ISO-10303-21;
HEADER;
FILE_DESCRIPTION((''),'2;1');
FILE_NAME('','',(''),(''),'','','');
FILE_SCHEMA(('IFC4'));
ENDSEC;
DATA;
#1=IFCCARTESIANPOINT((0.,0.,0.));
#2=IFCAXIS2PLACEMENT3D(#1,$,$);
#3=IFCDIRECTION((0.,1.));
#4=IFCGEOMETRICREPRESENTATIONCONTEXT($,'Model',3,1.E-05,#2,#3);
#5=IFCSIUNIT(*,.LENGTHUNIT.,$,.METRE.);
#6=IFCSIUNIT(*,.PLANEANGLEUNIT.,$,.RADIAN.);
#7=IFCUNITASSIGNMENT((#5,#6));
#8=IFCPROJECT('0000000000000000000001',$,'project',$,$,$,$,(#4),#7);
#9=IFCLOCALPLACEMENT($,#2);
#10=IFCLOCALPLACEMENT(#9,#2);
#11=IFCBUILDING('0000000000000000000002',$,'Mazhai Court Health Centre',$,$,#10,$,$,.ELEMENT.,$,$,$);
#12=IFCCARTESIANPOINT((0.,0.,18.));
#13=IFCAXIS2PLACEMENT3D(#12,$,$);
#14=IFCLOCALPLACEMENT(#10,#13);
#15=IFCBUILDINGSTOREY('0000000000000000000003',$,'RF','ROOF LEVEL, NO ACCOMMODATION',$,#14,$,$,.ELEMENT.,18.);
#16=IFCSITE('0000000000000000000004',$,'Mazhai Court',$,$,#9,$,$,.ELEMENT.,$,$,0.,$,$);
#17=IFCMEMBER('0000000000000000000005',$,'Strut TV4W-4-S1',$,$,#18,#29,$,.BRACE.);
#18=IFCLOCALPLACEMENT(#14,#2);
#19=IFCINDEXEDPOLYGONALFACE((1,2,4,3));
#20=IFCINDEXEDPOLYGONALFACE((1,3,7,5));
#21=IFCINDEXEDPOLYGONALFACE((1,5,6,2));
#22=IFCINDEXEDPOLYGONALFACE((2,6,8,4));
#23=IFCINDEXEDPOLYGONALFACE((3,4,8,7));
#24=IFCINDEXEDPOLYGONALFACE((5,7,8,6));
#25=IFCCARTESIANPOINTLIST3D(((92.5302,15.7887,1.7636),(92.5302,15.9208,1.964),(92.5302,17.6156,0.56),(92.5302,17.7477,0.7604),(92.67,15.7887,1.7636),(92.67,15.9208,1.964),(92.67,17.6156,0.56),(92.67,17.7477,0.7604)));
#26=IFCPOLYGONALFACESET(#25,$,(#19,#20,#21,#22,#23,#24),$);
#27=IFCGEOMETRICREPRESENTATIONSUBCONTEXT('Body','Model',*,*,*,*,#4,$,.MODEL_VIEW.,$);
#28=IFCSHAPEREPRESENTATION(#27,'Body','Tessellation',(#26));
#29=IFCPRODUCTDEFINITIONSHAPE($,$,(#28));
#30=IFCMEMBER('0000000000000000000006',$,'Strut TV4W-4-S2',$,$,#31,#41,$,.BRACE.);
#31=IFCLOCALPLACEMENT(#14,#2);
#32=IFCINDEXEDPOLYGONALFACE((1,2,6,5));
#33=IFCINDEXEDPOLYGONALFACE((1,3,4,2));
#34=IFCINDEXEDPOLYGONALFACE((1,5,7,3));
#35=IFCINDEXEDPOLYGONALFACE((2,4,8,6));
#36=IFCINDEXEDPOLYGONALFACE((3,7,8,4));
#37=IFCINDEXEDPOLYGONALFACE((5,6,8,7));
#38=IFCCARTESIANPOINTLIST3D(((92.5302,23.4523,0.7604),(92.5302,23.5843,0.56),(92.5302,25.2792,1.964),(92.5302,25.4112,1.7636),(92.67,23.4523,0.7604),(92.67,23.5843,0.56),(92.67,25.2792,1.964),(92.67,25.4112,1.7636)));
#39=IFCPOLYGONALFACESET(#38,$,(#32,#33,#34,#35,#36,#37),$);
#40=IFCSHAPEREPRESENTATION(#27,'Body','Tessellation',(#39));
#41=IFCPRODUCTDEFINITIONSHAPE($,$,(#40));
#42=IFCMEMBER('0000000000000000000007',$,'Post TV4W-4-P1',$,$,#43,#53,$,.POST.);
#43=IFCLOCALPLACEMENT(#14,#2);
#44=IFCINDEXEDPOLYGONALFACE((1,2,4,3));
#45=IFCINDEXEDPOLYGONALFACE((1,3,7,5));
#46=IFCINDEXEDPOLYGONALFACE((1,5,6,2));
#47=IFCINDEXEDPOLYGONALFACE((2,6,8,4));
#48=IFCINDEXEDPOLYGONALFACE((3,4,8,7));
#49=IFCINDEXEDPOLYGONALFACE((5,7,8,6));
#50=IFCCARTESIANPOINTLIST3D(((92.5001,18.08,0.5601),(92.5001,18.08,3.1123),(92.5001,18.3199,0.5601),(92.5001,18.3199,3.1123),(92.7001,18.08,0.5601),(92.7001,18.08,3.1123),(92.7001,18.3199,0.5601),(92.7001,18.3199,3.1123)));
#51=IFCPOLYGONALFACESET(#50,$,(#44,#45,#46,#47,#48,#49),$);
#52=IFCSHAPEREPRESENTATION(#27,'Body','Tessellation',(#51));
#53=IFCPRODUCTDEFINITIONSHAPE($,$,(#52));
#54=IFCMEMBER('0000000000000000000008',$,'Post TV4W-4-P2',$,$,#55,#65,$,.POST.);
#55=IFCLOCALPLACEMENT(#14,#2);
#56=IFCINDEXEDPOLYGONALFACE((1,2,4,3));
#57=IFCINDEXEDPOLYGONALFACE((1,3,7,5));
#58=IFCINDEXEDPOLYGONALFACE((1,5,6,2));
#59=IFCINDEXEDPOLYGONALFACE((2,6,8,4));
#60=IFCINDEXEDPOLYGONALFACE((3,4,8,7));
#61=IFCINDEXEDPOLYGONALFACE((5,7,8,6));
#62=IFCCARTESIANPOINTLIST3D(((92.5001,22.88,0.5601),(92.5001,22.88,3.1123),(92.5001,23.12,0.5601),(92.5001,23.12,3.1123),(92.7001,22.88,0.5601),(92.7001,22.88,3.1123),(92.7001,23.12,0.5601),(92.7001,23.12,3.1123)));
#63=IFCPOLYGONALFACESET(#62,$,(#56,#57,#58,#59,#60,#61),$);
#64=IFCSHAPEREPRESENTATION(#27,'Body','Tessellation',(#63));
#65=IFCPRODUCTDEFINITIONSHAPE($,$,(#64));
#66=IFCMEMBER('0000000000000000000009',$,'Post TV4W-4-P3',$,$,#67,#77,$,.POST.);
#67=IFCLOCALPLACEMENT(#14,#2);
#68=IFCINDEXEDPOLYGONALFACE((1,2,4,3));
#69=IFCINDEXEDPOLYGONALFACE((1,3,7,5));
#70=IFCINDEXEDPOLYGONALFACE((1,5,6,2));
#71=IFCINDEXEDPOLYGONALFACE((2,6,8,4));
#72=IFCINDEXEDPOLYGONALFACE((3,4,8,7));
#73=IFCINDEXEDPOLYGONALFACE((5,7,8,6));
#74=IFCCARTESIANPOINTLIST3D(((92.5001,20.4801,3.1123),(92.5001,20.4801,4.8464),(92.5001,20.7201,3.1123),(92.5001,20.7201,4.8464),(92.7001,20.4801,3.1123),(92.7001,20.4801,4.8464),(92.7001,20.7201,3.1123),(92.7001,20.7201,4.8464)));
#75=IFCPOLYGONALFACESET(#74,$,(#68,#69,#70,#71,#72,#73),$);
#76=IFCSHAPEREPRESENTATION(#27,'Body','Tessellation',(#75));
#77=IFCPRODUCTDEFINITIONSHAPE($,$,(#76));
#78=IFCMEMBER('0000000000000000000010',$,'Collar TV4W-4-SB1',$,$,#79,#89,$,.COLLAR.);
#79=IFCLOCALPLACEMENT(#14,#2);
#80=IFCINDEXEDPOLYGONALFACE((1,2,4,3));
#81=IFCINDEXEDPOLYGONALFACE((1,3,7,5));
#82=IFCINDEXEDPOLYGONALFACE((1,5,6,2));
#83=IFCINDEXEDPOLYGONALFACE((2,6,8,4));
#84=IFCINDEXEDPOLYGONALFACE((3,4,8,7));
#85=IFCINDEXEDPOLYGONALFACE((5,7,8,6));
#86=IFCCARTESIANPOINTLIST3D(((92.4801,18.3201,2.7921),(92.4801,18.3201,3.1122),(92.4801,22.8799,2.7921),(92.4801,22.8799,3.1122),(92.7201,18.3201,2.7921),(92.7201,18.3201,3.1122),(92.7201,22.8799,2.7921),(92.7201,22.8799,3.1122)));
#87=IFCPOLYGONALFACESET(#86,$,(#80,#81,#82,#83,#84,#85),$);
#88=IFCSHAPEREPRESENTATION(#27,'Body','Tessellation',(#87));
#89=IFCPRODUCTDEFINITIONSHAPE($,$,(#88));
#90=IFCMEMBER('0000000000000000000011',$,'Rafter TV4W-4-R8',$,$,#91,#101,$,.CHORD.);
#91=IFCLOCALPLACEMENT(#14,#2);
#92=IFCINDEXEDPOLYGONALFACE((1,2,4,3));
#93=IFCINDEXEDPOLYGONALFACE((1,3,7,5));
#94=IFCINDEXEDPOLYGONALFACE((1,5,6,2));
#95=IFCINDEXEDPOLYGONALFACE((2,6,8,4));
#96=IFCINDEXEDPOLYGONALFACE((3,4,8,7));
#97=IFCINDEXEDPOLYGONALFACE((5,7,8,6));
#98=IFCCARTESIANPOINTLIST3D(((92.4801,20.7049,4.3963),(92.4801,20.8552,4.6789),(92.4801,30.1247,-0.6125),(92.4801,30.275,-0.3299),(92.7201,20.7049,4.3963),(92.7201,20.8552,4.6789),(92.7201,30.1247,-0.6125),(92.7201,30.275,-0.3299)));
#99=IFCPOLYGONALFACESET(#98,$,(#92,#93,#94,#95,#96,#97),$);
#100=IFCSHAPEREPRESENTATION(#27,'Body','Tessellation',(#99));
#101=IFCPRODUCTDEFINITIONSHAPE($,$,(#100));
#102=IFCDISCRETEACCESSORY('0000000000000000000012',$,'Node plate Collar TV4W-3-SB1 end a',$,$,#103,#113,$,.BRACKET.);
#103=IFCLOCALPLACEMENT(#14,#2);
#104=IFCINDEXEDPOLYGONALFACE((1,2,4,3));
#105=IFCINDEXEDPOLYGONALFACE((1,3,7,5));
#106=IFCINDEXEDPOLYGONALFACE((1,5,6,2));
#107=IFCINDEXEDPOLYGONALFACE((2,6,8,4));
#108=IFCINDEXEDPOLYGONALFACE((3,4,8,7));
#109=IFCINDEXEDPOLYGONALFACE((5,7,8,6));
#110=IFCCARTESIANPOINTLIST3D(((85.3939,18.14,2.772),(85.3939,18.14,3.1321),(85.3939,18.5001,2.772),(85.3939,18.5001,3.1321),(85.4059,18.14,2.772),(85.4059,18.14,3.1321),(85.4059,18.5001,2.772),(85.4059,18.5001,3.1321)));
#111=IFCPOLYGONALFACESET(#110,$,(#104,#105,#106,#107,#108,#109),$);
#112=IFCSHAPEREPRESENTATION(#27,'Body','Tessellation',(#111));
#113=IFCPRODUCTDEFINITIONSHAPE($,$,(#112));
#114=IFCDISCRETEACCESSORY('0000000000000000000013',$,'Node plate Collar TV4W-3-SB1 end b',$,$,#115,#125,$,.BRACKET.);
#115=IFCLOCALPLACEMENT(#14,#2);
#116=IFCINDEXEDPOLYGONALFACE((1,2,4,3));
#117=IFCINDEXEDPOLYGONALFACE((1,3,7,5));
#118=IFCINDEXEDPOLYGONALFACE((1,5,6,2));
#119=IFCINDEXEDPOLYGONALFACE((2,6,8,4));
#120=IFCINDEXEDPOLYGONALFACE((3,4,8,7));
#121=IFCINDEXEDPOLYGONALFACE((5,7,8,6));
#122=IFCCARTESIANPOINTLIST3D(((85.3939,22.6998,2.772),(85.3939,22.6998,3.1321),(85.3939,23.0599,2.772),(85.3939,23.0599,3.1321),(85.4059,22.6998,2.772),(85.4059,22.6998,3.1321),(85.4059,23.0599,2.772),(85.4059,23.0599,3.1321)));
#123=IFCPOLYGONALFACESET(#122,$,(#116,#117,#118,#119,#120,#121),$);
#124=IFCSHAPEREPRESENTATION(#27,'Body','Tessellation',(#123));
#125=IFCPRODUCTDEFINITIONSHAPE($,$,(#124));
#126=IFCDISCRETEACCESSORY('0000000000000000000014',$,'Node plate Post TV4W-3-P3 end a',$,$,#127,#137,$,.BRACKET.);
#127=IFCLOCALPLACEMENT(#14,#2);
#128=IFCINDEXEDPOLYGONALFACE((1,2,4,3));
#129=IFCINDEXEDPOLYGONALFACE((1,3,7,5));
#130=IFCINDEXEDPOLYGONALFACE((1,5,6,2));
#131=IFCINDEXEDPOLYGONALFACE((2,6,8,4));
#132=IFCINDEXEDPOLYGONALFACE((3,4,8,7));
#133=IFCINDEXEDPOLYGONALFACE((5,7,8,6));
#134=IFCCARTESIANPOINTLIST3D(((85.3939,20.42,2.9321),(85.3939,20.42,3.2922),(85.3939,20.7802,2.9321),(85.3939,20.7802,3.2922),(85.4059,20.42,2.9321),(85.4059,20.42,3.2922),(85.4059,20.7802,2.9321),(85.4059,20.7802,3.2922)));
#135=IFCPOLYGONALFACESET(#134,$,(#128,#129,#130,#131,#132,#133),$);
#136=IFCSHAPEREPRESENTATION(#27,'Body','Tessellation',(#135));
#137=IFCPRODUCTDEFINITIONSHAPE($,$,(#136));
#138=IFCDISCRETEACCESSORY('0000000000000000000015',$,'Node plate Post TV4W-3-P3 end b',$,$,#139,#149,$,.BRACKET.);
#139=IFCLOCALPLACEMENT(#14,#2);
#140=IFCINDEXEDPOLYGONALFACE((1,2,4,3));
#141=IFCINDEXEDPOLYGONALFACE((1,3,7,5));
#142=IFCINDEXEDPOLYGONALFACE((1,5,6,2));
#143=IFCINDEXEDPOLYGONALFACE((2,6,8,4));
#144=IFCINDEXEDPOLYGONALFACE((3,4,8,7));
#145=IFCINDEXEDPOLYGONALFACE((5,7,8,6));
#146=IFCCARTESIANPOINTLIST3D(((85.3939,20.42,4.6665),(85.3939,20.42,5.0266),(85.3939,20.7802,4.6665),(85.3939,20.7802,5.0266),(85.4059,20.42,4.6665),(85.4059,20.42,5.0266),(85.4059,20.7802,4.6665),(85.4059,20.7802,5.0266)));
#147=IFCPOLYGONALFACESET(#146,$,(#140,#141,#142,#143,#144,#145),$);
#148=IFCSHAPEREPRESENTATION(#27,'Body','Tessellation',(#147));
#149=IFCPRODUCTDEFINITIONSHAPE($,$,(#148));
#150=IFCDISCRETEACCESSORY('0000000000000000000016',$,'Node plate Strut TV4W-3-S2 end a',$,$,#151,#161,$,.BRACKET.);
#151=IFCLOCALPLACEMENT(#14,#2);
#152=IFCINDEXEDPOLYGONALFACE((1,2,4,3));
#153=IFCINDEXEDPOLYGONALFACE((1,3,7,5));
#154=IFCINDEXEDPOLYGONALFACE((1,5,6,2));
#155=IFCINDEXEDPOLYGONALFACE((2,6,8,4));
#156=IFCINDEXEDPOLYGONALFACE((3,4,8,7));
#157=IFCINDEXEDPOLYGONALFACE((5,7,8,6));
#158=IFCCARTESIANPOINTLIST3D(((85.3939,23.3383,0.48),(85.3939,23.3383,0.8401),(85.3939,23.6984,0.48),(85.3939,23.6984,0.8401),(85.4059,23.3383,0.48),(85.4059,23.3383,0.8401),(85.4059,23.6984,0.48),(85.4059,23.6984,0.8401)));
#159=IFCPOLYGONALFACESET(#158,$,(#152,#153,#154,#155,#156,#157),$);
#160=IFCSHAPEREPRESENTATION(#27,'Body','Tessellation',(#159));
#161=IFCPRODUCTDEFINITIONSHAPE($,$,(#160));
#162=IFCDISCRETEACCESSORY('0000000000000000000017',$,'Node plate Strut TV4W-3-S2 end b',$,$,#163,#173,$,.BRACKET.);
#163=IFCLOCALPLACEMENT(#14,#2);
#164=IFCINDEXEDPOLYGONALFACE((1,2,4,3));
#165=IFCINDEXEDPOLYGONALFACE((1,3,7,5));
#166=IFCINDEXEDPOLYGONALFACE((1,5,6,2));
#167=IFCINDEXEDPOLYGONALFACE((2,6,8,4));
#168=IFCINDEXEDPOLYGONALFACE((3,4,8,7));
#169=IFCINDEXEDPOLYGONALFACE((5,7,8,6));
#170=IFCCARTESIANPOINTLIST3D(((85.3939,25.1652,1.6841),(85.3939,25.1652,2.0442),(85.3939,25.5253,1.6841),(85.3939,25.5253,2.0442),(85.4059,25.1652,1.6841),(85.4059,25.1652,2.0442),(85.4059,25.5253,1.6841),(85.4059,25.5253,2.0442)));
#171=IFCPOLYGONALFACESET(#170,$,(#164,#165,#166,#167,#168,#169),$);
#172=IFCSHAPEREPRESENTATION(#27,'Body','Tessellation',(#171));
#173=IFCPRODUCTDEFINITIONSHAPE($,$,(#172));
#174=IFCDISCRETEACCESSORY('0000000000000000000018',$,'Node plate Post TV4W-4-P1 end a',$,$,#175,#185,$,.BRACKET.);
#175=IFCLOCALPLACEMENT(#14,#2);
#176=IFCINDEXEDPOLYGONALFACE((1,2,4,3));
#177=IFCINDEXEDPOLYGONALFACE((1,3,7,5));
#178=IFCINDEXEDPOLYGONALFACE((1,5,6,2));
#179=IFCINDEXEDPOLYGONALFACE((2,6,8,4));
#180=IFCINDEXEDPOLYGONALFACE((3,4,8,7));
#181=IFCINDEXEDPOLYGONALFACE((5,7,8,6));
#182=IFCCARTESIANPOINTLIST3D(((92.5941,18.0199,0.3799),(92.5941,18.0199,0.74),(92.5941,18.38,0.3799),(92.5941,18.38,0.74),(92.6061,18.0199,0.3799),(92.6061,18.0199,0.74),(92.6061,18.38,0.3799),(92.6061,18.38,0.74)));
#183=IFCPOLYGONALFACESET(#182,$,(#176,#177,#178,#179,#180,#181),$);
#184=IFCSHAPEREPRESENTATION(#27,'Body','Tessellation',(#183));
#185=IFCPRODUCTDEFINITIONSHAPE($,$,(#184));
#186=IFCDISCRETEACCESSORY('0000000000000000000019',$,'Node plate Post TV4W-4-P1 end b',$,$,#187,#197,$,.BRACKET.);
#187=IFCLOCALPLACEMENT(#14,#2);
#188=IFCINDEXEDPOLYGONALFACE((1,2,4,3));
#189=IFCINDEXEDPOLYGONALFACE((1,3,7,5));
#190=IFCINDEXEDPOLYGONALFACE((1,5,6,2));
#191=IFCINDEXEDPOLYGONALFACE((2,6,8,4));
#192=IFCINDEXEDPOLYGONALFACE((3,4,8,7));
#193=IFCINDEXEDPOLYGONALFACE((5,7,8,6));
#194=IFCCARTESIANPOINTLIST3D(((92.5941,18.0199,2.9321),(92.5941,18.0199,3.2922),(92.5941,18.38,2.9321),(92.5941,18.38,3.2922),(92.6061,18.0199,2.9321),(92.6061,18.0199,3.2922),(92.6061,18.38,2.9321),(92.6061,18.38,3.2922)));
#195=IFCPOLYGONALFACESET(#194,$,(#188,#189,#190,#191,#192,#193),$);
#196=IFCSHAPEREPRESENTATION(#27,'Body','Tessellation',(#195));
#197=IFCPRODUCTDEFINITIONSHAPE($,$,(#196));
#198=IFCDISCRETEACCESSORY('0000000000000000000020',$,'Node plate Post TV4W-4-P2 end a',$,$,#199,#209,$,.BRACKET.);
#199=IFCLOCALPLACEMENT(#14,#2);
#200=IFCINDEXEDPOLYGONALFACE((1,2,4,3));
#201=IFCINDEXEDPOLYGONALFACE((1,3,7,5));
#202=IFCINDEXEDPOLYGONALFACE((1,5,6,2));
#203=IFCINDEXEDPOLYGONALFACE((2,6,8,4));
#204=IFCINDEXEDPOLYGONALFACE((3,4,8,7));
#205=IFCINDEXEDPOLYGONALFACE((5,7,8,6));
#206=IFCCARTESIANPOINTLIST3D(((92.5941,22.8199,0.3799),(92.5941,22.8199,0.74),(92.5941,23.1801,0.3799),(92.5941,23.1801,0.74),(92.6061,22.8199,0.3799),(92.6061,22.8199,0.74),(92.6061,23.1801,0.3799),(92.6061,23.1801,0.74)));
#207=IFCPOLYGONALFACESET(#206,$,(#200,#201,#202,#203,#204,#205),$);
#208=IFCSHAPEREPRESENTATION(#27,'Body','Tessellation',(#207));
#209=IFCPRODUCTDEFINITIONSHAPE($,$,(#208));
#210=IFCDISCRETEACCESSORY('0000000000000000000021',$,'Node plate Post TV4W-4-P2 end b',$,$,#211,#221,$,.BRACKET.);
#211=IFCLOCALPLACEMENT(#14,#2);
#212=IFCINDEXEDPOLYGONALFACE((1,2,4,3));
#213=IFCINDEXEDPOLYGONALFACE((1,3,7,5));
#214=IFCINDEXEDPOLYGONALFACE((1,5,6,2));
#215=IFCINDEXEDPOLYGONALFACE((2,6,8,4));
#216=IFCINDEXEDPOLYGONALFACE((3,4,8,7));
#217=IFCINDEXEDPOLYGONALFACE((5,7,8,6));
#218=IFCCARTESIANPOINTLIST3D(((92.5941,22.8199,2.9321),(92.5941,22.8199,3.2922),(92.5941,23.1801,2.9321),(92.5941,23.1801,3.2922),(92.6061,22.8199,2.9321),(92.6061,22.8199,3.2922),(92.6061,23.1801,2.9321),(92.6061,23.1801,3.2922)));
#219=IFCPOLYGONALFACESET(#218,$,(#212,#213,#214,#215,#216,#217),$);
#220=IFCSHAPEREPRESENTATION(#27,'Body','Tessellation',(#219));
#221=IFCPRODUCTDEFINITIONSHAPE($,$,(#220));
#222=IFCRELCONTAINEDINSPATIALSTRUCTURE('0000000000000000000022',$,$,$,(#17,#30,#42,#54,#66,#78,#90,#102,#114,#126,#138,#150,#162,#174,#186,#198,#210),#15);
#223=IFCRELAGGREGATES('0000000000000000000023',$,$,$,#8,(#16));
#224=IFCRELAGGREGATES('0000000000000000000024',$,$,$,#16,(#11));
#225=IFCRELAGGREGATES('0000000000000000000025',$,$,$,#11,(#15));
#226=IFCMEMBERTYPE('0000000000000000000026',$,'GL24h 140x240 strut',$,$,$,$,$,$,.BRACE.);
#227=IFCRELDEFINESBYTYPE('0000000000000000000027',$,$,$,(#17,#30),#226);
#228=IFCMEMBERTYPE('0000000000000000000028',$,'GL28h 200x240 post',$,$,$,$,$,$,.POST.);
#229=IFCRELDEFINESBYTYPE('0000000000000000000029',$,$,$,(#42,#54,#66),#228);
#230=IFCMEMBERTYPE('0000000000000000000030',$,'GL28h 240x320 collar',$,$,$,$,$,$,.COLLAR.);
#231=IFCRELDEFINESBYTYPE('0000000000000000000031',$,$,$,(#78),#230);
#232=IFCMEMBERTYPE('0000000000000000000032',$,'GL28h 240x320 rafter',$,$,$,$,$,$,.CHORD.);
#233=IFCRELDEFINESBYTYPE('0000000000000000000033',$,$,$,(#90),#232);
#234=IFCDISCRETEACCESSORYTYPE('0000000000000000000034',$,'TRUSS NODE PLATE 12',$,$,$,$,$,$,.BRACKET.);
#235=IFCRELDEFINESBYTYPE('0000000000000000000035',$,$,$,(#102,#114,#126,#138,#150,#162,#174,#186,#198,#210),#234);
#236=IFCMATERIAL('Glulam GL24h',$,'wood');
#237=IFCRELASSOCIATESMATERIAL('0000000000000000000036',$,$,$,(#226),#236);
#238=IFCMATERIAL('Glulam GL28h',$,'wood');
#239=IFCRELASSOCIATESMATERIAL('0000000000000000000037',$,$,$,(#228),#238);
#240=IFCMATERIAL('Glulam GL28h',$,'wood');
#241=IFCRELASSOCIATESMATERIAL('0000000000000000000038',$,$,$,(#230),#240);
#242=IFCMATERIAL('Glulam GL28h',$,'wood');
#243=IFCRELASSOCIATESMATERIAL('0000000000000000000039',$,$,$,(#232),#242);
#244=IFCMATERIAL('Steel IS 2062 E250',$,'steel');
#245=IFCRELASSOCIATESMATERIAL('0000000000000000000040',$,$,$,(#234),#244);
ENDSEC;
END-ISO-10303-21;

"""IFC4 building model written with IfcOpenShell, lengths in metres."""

from ifc_helpers import new_model, si_unit, direction, frame, origin, origin_2d, place, context, subcontext, project, spatial, rectangle, extrude, material, material_profile, profile_set, type_object, element, save


model = new_model("IFC4")

# Units and contexts
model_context = context("Model", 3, precision=1e-05, world=origin(), true_north=direction((0.0, 1.0)))
body_context = subcontext(model_context, "Body", "Model", "MODEL_VIEW")
ifc_project = project(units=[si_unit("LENGTHUNIT", "METRE"), si_unit("PLANEANGLEUNIT", "RADIAN")], contexts=[model_context])

# Site, building, storey
site_placement = place(None, origin())
site = spatial("IfcSite", under=ifc_project, at=site_placement, Name="Mazhai Court", CompositionType="ELEMENT", RefElevation=0.0)
building_placement = place(site_placement, origin())
building = spatial("IfcBuilding", under=site, at=building_placement, Name="Mazhai Court Health Centre", CompositionType="ELEMENT")
storey_placement = place(building_placement, frame((0.0, 0.0, 18.0)))
storey = spatial("IfcBuildingStorey", under=building, at=storey_placement, Name="RF", Description="ROOF LEVEL, NO ACCOMMODATION", CompositionType="ELEMENT", Elevation=18.0)

# Members
ifc_material_1 = material(Name="Glulam GL24h", Category="wood")
ifc_material_profile_1 = material_profile(ifc_material_1, rectangle(XDim=0.1399, YDim=0.24, at=origin_2d()), Name="GL24h 140x240")
ifc_profile_set_1 = profile_set([ifc_material_profile_1], Name="Glulam GL24h")
member_type_1 = type_object("IfcMemberType", Name="GL24h 140x240 strut", PredefinedType="BRACE", material=ifc_profile_set_1)
for number, where, z_axis, x_axis, name in (
    (1, (92.6001, 17.6816, 0.6602), (0.0, -0.83506, 0.55016), (1.0, 0.0, 0.0), "Strut TV4W-4-S1"),
    (2, (92.6001, 23.5183, 0.6602), (0.0, 0.83506, 0.55016), (-1.0, 0.0, 0.0), "Strut TV4W-4-S2"),
):
    element("IfcMember", number, at=place(storey_placement, frame(where, z_axis=z_axis, x_axis=x_axis)), inside=storey, type_object=member_type_1, Name=name, PredefinedType="BRACE", context=body_context, shape_type="SweptSolid", body=[
        extrude(rectangle(XDim=0.1399, YDim=0.24, at=origin_2d()), origin(), (0.0, 0.0, 1.0), 2.1877),
    ])
ifc_material_2 = material(Name="Glulam GL28h", Category="wood")
ifc_material_profile_2 = material_profile(ifc_material_2, rectangle(XDim=0.2, YDim=0.24, at=origin_2d()), Name="GL28h 200x240")
ifc_profile_set_2 = profile_set([ifc_material_profile_2], Name="Glulam GL28h")
member_type_2 = type_object("IfcMemberType", Name="GL28h 200x240 post", PredefinedType="POST", material=ifc_profile_set_2)
for number, where, z_axis, x_axis, name in (
    (3, (92.6001, 18.2, 0.5601), (0.0, 0.0, 1.0), (1.0, 0.0, 0.0), "Post TV4W-4-P1"),
    (4, (92.6001, 23.0, 0.5601), (0.0, 0.0, 1.0), (1.0, 0.0, 0.0), "Post TV4W-4-P2"),
):
    element("IfcMember", number, at=place(storey_placement, frame(where, z_axis=z_axis, x_axis=x_axis)), inside=storey, type_object=member_type_2, Name=name, PredefinedType="POST", context=body_context, shape_type="SweptSolid", body=[
        extrude(rectangle(XDim=0.2, YDim=0.24, at=origin_2d()), origin(), (0.0, 0.0, 1.0), 2.5522),
    ])
member_1_placement = place(storey_placement, frame((92.6001, 20.6001, 3.1123), z_axis=(0.0, 0.0, 1.0), x_axis=(1.0, 0.0, 0.0)))
element("IfcMember", 5, at=member_1_placement, inside=storey, type_object=member_type_2, Name="Post TV4W-4-P3", PredefinedType="POST", context=body_context, shape_type="SweptSolid", body=[
    extrude(rectangle(XDim=0.2, YDim=0.24, at=origin_2d()), origin(), (0.0, 0.0, 1.0), 1.7341),
])
ifc_material_3 = material(Name="Glulam GL28h", Category="wood")
ifc_material_profile_3 = material_profile(ifc_material_3, rectangle(XDim=0.24, YDim=0.3201, at=origin_2d()), Name="GL28h 240x320")
ifc_profile_set_3 = profile_set([ifc_material_profile_3], Name="Glulam GL28h")
member_type_3 = type_object("IfcMemberType", Name="GL28h 240x320 collar", PredefinedType="COLLAR", material=ifc_profile_set_3)
member_2_placement = place(storey_placement, frame((92.6001, 18.3201, 2.9521), z_axis=(0.0, 1.0, 0.0), x_axis=(-1.0, 0.0, 0.0)))
element("IfcMember", 6, at=member_2_placement, inside=storey, type_object=member_type_3, Name="Collar TV4W-4-SB1", PredefinedType="COLLAR", context=body_context, shape_type="SweptSolid", body=[
    extrude(rectangle(XDim=0.24, YDim=0.3201, at=origin_2d()), origin(), (0.0, 0.0, 1.0), 4.5598),
])
ifc_material_4 = material(Name="Glulam GL28h", Category="wood")
ifc_material_profile_4 = material_profile(ifc_material_4, rectangle(XDim=0.24, YDim=0.3201, at=origin_2d()), Name="GL28h 240x320")
ifc_profile_set_4 = profile_set([ifc_material_profile_4], Name="Glulam GL28h")
member_type_4 = type_object("IfcMemberType", Name="GL28h 240x320 rafter", PredefinedType="CHORD", material=ifc_profile_set_4)
member_3_placement = place(storey_placement, frame((92.6001, 20.78, 4.5376), z_axis=(0.0, 0.882943, -0.469481), x_axis=(-1.0, 0.0, 0.0)))
element("IfcMember", 7, at=member_3_placement, inside=storey, type_object=member_type_4, Name="Rafter TV4W-4-R8", PredefinedType="CHORD", context=body_context, shape_type="SweptSolid", body=[
    extrude(rectangle(XDim=0.24, YDim=0.3201, at=origin_2d()), origin(), (0.0, 0.0, 1.0), 10.6687),
])

# Discrete accessories
ifc_material_5 = material(Name="Steel IS 2062 E250", Category="steel")
discrete_accessory_type = type_object("IfcDiscreteAccessoryType", Name="TRUSS NODE PLATE 12", PredefinedType="BRACKET", material=ifc_material_5)
for number, where, z_axis, x_axis, name in (
    (8, (85.3999, 18.3201, 2.772), (0.0, 0.0, 1.0), (1.0, 0.0, 0.0), "Node plate Collar TV4W-3-SB1 end a"),
    (9, (85.3999, 22.8799, 2.772), (0.0, 0.0, 1.0), (1.0, 0.0, 0.0), "Node plate Collar TV4W-3-SB1 end b"),
    (10, (85.3999, 20.6001, 2.9321), (0.0, 0.0, 1.0), (1.0, 0.0, 0.0), "Node plate Post TV4W-3-P3 end a"),
    (11, (85.3999, 20.6001, 4.6665), (0.0, 0.0, 1.0), (1.0, 0.0, 0.0), "Node plate Post TV4W-3-P3 end b"),
    (12, (85.3999, 23.5183, 0.48), (0.0, 0.0, 1.0), (1.0, 0.0, 0.0), "Node plate Strut TV4W-3-S2 end a"),
    (13, (85.3999, 25.3452, 1.6841), (0.0, 0.0, 1.0), (1.0, 0.0, 0.0), "Node plate Strut TV4W-3-S2 end b"),
    (14, (92.6001, 18.2, 0.3799), (0.0, 0.0, 1.0), (1.0, 0.0, 0.0), "Node plate Post TV4W-4-P1 end a"),
    (15, (92.6001, 18.2, 2.9321), (0.0, 0.0, 1.0), (1.0, 0.0, 0.0), "Node plate Post TV4W-4-P1 end b"),
    (16, (92.6001, 23.0, 0.3799), (0.0, 0.0, 1.0), (1.0, 0.0, 0.0), "Node plate Post TV4W-4-P2 end a"),
    (17, (92.6001, 23.0, 2.9321), (0.0, 0.0, 1.0), (1.0, 0.0, 0.0), "Node plate Post TV4W-4-P2 end b"),
):
    element("IfcDiscreteAccessory", number, at=place(storey_placement, frame(where, z_axis=z_axis, x_axis=x_axis)), inside=storey, type_object=discrete_accessory_type, Name=name, PredefinedType="BRACKET", context=body_context, shape_type="SweptSolid", body=[
        extrude(rectangle(XDim=0.012, YDim=0.3601, at=origin_2d()), origin(), (0.0, 0.0, 1.0), 0.3601),
    ])

save(model, "model.ifc")
